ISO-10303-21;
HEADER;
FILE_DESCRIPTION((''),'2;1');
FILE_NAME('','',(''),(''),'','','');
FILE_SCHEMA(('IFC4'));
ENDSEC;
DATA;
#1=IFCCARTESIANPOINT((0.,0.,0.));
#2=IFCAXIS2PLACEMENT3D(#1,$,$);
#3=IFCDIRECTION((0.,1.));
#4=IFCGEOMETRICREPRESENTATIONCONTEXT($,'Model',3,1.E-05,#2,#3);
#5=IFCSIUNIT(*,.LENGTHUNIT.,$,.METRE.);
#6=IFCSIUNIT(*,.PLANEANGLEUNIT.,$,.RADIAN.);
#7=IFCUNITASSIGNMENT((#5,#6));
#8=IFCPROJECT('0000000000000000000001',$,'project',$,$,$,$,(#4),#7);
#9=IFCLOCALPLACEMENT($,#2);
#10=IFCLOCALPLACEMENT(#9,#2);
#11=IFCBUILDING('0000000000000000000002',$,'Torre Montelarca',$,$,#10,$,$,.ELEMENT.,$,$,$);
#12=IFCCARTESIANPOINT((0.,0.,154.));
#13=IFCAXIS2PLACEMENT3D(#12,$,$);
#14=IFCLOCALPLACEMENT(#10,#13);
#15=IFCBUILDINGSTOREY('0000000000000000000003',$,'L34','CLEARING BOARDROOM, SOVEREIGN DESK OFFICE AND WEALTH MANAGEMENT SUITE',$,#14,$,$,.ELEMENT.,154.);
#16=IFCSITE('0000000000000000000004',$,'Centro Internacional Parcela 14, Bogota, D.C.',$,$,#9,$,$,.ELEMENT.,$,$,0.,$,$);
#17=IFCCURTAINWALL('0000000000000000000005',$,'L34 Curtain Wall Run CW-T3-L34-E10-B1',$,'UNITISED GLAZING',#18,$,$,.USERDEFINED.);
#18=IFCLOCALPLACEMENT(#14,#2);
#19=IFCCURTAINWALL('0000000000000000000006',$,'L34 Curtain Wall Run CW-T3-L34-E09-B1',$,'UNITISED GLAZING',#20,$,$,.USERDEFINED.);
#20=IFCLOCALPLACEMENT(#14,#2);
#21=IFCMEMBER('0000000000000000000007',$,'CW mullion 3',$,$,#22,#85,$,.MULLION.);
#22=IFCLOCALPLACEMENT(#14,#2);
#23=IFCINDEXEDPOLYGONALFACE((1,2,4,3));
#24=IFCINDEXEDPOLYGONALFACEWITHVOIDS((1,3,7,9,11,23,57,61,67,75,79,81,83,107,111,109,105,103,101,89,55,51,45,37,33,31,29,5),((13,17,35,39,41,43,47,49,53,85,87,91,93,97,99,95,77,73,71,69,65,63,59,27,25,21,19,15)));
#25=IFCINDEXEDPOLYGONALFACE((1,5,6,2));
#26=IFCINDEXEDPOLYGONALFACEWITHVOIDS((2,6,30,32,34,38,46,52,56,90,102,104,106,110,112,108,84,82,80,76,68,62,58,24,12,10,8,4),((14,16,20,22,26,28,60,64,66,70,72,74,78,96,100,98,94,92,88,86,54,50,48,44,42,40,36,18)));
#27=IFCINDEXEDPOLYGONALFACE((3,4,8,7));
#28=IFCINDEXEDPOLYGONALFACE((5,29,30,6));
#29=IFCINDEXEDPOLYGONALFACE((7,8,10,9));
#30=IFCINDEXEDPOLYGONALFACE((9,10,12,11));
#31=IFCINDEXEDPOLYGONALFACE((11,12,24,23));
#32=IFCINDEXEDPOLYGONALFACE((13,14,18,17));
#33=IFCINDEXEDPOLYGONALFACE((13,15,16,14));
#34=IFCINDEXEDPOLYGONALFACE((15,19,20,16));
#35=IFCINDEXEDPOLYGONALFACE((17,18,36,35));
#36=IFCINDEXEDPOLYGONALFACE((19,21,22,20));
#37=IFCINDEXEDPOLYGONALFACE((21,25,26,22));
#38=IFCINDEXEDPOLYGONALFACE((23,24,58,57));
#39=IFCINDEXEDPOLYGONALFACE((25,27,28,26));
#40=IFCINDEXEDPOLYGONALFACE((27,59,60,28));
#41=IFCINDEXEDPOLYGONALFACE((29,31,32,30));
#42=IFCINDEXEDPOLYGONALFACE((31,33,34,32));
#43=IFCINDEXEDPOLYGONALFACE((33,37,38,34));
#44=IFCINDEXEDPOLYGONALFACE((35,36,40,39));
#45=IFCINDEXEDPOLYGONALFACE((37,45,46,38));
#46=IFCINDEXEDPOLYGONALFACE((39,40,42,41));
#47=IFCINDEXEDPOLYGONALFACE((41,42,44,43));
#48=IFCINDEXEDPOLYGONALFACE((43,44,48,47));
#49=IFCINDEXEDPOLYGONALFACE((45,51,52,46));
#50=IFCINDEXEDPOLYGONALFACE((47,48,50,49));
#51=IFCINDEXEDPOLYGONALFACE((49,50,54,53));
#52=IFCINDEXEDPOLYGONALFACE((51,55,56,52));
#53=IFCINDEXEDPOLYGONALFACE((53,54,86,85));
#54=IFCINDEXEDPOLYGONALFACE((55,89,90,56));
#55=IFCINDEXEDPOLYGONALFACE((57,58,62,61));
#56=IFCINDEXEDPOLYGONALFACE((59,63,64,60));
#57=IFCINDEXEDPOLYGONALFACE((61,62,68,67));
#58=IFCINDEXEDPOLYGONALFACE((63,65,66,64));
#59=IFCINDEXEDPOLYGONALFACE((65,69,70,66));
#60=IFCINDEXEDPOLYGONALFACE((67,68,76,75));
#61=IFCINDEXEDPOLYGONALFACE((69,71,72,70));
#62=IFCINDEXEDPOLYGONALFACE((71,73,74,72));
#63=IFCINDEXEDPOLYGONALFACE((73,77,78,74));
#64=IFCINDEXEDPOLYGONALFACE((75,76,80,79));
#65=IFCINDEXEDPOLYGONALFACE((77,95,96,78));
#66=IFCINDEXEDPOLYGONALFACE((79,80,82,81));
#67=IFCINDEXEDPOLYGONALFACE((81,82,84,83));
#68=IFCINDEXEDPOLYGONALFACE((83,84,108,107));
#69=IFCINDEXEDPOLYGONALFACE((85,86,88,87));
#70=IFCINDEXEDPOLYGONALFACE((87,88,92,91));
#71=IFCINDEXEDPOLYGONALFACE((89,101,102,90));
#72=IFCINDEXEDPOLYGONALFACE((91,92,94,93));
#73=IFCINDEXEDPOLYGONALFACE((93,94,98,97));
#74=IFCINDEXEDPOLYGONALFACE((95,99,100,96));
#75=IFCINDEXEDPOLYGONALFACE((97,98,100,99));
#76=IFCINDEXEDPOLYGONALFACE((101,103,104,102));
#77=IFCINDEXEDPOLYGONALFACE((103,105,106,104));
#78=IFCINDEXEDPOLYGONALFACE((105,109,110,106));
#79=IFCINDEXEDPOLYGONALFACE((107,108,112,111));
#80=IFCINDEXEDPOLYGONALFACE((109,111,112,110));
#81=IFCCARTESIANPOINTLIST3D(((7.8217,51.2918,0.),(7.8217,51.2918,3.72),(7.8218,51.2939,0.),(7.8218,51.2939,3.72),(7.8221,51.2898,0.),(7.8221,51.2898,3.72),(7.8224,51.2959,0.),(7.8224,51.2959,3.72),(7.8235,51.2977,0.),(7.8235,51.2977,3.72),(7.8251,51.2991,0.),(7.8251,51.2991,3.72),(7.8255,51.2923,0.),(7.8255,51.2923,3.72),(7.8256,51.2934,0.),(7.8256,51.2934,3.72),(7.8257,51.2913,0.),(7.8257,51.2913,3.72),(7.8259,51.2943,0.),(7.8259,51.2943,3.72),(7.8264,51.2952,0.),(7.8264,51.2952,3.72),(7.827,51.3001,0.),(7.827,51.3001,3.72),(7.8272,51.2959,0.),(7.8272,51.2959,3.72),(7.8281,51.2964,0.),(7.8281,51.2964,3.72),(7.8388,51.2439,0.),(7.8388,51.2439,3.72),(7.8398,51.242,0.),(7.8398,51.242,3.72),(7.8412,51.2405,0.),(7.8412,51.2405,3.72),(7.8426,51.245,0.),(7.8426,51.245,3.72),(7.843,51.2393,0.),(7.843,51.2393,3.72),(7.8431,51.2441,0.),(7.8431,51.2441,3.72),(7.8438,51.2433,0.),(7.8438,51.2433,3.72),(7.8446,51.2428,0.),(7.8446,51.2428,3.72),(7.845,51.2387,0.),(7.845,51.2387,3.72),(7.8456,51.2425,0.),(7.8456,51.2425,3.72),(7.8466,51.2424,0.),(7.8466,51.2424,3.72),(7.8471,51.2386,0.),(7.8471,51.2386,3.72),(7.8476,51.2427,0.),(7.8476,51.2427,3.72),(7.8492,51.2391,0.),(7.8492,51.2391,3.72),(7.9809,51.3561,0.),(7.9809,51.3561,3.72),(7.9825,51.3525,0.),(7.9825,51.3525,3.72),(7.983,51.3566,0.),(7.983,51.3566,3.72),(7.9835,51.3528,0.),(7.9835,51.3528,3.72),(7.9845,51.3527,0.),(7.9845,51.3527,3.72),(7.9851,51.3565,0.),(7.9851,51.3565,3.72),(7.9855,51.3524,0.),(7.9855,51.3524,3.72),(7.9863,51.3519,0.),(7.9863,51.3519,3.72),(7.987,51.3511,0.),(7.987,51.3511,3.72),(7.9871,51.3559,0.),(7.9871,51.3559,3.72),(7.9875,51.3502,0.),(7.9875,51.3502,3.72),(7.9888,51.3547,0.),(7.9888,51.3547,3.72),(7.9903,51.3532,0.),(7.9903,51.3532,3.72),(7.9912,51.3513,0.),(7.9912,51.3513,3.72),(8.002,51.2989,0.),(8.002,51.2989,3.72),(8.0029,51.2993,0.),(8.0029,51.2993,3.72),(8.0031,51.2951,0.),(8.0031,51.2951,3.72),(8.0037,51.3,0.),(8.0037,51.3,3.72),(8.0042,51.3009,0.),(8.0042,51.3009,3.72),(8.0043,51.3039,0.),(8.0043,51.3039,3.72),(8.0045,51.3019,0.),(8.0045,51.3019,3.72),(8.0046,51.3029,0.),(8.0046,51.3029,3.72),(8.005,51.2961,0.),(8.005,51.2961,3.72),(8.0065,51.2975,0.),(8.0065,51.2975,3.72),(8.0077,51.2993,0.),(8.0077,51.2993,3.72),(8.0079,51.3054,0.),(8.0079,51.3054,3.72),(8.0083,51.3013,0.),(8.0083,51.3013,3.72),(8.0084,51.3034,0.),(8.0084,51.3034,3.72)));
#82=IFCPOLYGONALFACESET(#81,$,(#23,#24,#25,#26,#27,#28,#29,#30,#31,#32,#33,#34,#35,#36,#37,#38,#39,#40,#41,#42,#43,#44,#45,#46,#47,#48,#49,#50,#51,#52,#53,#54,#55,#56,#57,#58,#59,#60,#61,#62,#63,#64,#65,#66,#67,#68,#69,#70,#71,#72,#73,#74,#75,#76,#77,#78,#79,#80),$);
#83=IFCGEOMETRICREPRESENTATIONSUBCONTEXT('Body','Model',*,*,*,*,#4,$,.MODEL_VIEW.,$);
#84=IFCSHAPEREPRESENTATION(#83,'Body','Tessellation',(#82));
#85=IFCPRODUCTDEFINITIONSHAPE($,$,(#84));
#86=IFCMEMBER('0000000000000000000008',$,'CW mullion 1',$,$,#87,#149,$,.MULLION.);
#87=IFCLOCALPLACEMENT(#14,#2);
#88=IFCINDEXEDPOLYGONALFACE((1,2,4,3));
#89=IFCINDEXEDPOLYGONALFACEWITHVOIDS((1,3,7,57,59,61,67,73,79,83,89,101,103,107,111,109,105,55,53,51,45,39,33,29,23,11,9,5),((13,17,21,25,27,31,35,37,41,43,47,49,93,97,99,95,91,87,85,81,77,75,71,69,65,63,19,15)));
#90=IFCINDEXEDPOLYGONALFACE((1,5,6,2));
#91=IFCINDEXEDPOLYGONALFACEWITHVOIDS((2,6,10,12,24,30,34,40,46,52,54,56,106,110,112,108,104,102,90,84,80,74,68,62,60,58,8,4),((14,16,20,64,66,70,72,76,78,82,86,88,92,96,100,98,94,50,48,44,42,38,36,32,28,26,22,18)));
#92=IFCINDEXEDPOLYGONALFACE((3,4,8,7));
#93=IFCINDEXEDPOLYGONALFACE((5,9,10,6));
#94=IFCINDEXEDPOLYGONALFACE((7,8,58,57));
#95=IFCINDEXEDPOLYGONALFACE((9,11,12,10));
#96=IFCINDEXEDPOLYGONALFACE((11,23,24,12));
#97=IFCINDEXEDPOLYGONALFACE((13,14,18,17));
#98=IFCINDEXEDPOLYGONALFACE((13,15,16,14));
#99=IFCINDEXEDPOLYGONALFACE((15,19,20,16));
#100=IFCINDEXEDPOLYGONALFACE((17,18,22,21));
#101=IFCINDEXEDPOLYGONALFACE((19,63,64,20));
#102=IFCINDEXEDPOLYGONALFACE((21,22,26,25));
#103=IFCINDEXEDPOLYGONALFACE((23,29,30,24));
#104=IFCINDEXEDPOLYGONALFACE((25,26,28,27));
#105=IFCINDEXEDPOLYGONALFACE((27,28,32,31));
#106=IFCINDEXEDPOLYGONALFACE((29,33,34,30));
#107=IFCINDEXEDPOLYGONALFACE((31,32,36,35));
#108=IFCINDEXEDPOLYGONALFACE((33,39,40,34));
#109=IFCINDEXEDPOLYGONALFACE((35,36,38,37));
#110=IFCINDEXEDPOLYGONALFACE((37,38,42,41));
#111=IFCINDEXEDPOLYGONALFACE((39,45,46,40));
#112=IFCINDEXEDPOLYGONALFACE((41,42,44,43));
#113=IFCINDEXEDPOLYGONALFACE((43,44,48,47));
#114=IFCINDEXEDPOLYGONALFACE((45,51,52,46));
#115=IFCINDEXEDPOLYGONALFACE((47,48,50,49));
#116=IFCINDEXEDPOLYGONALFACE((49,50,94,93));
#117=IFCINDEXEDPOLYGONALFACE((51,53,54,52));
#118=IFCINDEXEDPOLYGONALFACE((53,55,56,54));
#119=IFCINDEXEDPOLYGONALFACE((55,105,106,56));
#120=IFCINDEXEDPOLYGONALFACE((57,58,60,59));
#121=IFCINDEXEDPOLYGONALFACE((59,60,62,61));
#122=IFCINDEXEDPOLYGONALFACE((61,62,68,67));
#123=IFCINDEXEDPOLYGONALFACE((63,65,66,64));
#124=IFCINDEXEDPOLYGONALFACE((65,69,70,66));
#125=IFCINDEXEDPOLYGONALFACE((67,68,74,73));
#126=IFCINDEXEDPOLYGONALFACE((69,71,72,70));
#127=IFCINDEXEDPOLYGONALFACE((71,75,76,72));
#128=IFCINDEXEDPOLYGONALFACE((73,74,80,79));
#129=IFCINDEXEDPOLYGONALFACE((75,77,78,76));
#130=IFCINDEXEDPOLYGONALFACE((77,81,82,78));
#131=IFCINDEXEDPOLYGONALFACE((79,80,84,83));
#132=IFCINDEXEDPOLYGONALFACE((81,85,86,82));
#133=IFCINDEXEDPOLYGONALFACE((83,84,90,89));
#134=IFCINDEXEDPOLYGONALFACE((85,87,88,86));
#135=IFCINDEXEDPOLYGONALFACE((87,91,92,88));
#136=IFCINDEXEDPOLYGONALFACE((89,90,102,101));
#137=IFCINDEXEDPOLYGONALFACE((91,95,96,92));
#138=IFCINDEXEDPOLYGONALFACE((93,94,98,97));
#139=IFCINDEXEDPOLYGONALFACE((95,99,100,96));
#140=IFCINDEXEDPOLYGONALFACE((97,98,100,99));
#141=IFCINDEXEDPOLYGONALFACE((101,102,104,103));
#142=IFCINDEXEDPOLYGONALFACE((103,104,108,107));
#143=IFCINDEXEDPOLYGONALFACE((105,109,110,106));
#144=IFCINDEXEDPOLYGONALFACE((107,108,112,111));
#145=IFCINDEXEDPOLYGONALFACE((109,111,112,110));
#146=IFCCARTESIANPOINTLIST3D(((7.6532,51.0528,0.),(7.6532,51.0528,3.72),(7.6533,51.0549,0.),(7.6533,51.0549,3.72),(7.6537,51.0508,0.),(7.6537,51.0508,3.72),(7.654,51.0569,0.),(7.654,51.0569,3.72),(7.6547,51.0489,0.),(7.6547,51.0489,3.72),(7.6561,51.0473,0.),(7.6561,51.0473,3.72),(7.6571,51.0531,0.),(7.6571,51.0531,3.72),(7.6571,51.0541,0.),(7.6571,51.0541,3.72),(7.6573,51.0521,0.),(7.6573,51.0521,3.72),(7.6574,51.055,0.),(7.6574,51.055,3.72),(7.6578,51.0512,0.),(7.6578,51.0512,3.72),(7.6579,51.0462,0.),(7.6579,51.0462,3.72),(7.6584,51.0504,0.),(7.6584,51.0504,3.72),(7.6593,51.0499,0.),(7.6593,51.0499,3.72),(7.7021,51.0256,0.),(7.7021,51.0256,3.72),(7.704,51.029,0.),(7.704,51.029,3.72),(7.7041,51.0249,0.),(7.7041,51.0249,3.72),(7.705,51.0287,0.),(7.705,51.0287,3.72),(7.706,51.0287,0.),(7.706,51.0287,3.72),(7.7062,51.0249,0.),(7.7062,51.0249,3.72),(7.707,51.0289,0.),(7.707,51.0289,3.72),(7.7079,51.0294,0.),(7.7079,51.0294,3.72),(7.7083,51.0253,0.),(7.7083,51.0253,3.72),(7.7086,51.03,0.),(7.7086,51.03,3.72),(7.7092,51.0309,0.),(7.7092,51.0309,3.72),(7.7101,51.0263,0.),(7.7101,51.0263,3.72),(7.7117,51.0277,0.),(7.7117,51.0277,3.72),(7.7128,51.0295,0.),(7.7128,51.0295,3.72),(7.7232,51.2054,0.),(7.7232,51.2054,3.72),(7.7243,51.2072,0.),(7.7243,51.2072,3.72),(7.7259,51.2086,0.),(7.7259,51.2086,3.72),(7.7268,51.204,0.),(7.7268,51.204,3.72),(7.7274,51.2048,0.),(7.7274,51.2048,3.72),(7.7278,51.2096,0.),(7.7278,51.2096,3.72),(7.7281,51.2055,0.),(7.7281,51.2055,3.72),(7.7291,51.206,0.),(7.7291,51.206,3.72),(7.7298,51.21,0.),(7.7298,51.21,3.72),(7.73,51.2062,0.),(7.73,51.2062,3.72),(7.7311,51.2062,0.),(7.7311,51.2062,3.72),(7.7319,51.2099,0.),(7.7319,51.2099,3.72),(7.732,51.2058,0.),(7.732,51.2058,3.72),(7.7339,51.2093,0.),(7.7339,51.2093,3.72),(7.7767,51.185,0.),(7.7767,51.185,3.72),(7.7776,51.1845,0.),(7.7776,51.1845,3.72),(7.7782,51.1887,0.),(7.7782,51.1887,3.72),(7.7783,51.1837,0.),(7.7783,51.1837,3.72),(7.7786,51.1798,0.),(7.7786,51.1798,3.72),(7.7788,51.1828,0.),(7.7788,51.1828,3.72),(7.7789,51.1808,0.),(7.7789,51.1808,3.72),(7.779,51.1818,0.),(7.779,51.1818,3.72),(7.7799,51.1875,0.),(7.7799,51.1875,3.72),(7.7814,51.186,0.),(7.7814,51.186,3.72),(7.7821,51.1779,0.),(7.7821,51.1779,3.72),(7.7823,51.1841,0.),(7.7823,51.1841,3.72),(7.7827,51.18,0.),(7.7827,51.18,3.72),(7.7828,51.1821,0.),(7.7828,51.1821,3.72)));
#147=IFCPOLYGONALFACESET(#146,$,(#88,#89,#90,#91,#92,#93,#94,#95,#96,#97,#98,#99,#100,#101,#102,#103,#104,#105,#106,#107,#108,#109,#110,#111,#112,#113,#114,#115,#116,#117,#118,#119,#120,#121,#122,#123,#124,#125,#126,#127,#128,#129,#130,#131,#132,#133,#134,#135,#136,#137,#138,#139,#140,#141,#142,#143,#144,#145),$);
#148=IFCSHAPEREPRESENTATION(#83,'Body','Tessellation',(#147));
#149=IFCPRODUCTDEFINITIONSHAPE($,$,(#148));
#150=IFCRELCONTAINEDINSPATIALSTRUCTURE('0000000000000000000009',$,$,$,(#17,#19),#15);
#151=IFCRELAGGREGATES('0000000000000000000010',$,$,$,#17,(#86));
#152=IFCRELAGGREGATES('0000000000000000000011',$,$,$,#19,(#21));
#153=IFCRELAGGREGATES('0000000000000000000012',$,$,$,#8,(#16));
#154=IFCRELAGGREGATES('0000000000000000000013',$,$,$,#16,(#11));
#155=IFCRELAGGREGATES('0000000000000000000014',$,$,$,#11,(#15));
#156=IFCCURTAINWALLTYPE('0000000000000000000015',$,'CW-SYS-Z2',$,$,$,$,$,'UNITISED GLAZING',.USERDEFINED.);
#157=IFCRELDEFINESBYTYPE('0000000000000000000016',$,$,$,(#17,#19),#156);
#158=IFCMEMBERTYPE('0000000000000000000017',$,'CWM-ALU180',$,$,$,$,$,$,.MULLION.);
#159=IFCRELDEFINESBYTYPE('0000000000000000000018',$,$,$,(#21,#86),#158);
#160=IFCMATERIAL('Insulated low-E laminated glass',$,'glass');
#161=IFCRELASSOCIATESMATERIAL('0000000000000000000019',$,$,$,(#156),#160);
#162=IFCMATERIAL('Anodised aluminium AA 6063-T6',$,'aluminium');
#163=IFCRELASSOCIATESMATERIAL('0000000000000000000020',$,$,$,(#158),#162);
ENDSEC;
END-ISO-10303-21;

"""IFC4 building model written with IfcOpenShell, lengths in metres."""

from ifc_helpers import new_model, si_unit, direction, frame, origin, origin_2d, place, context, subcontext, project, spatial, hollow_rectangle, extrude, source, transform, mapped, material, material_profile, profile_set, type_object, element, aggregate, save


model = new_model("IFC4")

# Units and contexts
model_context = context("Model", 3, precision=1e-05, world=origin(), true_north=direction((0.0, 1.0)))
body_context = subcontext(model_context, "Body", "Model", "MODEL_VIEW")
ifc_project = project(units=[si_unit("LENGTHUNIT", "METRE"), si_unit("PLANEANGLEUNIT", "RADIAN")], contexts=[model_context])

# Site, building, storey
site_placement = place(None, origin())
site = spatial("IfcSite", under=ifc_project, at=site_placement, Name="Centro Internacional Parcela 14, Bogota, D.C.", CompositionType="ELEMENT", RefElevation=0.0)
building_placement = place(site_placement, origin())
building = spatial("IfcBuilding", under=site, at=building_placement, Name="Torre Montelarca", CompositionType="ELEMENT")
storey_placement = place(building_placement, frame((0.0, 0.0, 154.0)))
storey = spatial("IfcBuildingStorey", under=building, at=storey_placement, Name="L34", Description="CLEARING BOARDROOM, SOVEREIGN DESK OFFICE AND WEALTH MANAGEMENT SUITE", CompositionType="ELEMENT", Elevation=154.0)

# Curtain wall
ifc_material_1 = material(Name="Insulated low-E laminated glass", Category="glass")
curtain_wall_type = type_object("IfcCurtainWallType", Name="CW-SYS-Z2", ElementType="UNITISED GLAZING", PredefinedType="USERDEFINED", material=ifc_material_1)
curtain_wall_1_placement = place(storey_placement, origin())
curtain_wall_1 = element("IfcCurtainWall", 1, at=curtain_wall_1_placement, inside=storey, type_object=curtain_wall_type, Name="L34 Curtain Wall Run CW-T3-L34-E10-B1", ObjectType="UNITISED GLAZING", PredefinedType="USERDEFINED")
ifc_material_2 = material(Name="Anodised aluminium AA 6063-T6", Category="aluminium")

# Curtain wall, member
curtain_wall_2_placement = place(storey_placement, origin())
curtain_wall_2 = element("IfcCurtainWall", 2, at=curtain_wall_2_placement, inside=storey, type_object=curtain_wall_type, Name="L34 Curtain Wall Run CW-T3-L34-E09-B1", ObjectType="UNITISED GLAZING", PredefinedType="USERDEFINED")
ifc_material_profile_1 = material_profile(ifc_material_2, hollow_rectangle(XDim=0.0649, YDim=0.1799, WallThickness=0.0039, InnerFilletRadius=0.0039, OuterFilletRadius=0.0081, at=origin_2d()), Name="ALU65X180X4", Category="aluminium")
ifc_profile_set_1 = profile_set([ifc_material_profile_1], Name="Anodised aluminium AA 6063-T6")
member_type_1 = type_object("IfcMemberType", Name="CWM-ALU180", PredefinedType="MULLION", material=ifc_profile_set_1)
shared_shape_1 = source(origin(), body_context, "Body", "SweptSolid", [
    extrude(hollow_rectangle(XDim=0.0649, YDim=0.1799, WallThickness=0.0039, InnerFilletRadius=0.0039, OuterFilletRadius=0.0081, at=origin_2d()), origin(), (0.0, 0.0, 1.0), 3.72),
])
member_1_placement = place(storey_placement, frame((7.915, 51.2976, 0.0), z_axis=(0.0, 0.0, 1.0), x_axis=(0.342021, -0.939692, 0.0)))
member_1 = element("IfcMember", 3, at=member_1_placement, type_object=member_type_1, Name="CW mullion 3", PredefinedType="MULLION", context=body_context, shape_type="MappedRepresentation", body=[
    mapped(shared_shape_1, transform((0.0, 0.0, 0.0), scale=1.0)),
])

# Member
member_2_placement = place(storey_placement, frame((7.718, 51.1174, 0.0), z_axis=(0.0, 0.0, 1.0), x_axis=(0.90631, -0.422614, 0.0)))
member_2 = element("IfcMember", 4, at=member_2_placement, type_object=member_type_1, Name="CW mullion 1", PredefinedType="MULLION", context=body_context, shape_type="MappedRepresentation", body=[
    mapped(shared_shape_1, transform((0.0, 0.0, 0.0), scale=1.0)),
])

aggregate(curtain_wall_1, [member_2])
aggregate(curtain_wall_2, [member_1])

save(model, "model.ifc")
